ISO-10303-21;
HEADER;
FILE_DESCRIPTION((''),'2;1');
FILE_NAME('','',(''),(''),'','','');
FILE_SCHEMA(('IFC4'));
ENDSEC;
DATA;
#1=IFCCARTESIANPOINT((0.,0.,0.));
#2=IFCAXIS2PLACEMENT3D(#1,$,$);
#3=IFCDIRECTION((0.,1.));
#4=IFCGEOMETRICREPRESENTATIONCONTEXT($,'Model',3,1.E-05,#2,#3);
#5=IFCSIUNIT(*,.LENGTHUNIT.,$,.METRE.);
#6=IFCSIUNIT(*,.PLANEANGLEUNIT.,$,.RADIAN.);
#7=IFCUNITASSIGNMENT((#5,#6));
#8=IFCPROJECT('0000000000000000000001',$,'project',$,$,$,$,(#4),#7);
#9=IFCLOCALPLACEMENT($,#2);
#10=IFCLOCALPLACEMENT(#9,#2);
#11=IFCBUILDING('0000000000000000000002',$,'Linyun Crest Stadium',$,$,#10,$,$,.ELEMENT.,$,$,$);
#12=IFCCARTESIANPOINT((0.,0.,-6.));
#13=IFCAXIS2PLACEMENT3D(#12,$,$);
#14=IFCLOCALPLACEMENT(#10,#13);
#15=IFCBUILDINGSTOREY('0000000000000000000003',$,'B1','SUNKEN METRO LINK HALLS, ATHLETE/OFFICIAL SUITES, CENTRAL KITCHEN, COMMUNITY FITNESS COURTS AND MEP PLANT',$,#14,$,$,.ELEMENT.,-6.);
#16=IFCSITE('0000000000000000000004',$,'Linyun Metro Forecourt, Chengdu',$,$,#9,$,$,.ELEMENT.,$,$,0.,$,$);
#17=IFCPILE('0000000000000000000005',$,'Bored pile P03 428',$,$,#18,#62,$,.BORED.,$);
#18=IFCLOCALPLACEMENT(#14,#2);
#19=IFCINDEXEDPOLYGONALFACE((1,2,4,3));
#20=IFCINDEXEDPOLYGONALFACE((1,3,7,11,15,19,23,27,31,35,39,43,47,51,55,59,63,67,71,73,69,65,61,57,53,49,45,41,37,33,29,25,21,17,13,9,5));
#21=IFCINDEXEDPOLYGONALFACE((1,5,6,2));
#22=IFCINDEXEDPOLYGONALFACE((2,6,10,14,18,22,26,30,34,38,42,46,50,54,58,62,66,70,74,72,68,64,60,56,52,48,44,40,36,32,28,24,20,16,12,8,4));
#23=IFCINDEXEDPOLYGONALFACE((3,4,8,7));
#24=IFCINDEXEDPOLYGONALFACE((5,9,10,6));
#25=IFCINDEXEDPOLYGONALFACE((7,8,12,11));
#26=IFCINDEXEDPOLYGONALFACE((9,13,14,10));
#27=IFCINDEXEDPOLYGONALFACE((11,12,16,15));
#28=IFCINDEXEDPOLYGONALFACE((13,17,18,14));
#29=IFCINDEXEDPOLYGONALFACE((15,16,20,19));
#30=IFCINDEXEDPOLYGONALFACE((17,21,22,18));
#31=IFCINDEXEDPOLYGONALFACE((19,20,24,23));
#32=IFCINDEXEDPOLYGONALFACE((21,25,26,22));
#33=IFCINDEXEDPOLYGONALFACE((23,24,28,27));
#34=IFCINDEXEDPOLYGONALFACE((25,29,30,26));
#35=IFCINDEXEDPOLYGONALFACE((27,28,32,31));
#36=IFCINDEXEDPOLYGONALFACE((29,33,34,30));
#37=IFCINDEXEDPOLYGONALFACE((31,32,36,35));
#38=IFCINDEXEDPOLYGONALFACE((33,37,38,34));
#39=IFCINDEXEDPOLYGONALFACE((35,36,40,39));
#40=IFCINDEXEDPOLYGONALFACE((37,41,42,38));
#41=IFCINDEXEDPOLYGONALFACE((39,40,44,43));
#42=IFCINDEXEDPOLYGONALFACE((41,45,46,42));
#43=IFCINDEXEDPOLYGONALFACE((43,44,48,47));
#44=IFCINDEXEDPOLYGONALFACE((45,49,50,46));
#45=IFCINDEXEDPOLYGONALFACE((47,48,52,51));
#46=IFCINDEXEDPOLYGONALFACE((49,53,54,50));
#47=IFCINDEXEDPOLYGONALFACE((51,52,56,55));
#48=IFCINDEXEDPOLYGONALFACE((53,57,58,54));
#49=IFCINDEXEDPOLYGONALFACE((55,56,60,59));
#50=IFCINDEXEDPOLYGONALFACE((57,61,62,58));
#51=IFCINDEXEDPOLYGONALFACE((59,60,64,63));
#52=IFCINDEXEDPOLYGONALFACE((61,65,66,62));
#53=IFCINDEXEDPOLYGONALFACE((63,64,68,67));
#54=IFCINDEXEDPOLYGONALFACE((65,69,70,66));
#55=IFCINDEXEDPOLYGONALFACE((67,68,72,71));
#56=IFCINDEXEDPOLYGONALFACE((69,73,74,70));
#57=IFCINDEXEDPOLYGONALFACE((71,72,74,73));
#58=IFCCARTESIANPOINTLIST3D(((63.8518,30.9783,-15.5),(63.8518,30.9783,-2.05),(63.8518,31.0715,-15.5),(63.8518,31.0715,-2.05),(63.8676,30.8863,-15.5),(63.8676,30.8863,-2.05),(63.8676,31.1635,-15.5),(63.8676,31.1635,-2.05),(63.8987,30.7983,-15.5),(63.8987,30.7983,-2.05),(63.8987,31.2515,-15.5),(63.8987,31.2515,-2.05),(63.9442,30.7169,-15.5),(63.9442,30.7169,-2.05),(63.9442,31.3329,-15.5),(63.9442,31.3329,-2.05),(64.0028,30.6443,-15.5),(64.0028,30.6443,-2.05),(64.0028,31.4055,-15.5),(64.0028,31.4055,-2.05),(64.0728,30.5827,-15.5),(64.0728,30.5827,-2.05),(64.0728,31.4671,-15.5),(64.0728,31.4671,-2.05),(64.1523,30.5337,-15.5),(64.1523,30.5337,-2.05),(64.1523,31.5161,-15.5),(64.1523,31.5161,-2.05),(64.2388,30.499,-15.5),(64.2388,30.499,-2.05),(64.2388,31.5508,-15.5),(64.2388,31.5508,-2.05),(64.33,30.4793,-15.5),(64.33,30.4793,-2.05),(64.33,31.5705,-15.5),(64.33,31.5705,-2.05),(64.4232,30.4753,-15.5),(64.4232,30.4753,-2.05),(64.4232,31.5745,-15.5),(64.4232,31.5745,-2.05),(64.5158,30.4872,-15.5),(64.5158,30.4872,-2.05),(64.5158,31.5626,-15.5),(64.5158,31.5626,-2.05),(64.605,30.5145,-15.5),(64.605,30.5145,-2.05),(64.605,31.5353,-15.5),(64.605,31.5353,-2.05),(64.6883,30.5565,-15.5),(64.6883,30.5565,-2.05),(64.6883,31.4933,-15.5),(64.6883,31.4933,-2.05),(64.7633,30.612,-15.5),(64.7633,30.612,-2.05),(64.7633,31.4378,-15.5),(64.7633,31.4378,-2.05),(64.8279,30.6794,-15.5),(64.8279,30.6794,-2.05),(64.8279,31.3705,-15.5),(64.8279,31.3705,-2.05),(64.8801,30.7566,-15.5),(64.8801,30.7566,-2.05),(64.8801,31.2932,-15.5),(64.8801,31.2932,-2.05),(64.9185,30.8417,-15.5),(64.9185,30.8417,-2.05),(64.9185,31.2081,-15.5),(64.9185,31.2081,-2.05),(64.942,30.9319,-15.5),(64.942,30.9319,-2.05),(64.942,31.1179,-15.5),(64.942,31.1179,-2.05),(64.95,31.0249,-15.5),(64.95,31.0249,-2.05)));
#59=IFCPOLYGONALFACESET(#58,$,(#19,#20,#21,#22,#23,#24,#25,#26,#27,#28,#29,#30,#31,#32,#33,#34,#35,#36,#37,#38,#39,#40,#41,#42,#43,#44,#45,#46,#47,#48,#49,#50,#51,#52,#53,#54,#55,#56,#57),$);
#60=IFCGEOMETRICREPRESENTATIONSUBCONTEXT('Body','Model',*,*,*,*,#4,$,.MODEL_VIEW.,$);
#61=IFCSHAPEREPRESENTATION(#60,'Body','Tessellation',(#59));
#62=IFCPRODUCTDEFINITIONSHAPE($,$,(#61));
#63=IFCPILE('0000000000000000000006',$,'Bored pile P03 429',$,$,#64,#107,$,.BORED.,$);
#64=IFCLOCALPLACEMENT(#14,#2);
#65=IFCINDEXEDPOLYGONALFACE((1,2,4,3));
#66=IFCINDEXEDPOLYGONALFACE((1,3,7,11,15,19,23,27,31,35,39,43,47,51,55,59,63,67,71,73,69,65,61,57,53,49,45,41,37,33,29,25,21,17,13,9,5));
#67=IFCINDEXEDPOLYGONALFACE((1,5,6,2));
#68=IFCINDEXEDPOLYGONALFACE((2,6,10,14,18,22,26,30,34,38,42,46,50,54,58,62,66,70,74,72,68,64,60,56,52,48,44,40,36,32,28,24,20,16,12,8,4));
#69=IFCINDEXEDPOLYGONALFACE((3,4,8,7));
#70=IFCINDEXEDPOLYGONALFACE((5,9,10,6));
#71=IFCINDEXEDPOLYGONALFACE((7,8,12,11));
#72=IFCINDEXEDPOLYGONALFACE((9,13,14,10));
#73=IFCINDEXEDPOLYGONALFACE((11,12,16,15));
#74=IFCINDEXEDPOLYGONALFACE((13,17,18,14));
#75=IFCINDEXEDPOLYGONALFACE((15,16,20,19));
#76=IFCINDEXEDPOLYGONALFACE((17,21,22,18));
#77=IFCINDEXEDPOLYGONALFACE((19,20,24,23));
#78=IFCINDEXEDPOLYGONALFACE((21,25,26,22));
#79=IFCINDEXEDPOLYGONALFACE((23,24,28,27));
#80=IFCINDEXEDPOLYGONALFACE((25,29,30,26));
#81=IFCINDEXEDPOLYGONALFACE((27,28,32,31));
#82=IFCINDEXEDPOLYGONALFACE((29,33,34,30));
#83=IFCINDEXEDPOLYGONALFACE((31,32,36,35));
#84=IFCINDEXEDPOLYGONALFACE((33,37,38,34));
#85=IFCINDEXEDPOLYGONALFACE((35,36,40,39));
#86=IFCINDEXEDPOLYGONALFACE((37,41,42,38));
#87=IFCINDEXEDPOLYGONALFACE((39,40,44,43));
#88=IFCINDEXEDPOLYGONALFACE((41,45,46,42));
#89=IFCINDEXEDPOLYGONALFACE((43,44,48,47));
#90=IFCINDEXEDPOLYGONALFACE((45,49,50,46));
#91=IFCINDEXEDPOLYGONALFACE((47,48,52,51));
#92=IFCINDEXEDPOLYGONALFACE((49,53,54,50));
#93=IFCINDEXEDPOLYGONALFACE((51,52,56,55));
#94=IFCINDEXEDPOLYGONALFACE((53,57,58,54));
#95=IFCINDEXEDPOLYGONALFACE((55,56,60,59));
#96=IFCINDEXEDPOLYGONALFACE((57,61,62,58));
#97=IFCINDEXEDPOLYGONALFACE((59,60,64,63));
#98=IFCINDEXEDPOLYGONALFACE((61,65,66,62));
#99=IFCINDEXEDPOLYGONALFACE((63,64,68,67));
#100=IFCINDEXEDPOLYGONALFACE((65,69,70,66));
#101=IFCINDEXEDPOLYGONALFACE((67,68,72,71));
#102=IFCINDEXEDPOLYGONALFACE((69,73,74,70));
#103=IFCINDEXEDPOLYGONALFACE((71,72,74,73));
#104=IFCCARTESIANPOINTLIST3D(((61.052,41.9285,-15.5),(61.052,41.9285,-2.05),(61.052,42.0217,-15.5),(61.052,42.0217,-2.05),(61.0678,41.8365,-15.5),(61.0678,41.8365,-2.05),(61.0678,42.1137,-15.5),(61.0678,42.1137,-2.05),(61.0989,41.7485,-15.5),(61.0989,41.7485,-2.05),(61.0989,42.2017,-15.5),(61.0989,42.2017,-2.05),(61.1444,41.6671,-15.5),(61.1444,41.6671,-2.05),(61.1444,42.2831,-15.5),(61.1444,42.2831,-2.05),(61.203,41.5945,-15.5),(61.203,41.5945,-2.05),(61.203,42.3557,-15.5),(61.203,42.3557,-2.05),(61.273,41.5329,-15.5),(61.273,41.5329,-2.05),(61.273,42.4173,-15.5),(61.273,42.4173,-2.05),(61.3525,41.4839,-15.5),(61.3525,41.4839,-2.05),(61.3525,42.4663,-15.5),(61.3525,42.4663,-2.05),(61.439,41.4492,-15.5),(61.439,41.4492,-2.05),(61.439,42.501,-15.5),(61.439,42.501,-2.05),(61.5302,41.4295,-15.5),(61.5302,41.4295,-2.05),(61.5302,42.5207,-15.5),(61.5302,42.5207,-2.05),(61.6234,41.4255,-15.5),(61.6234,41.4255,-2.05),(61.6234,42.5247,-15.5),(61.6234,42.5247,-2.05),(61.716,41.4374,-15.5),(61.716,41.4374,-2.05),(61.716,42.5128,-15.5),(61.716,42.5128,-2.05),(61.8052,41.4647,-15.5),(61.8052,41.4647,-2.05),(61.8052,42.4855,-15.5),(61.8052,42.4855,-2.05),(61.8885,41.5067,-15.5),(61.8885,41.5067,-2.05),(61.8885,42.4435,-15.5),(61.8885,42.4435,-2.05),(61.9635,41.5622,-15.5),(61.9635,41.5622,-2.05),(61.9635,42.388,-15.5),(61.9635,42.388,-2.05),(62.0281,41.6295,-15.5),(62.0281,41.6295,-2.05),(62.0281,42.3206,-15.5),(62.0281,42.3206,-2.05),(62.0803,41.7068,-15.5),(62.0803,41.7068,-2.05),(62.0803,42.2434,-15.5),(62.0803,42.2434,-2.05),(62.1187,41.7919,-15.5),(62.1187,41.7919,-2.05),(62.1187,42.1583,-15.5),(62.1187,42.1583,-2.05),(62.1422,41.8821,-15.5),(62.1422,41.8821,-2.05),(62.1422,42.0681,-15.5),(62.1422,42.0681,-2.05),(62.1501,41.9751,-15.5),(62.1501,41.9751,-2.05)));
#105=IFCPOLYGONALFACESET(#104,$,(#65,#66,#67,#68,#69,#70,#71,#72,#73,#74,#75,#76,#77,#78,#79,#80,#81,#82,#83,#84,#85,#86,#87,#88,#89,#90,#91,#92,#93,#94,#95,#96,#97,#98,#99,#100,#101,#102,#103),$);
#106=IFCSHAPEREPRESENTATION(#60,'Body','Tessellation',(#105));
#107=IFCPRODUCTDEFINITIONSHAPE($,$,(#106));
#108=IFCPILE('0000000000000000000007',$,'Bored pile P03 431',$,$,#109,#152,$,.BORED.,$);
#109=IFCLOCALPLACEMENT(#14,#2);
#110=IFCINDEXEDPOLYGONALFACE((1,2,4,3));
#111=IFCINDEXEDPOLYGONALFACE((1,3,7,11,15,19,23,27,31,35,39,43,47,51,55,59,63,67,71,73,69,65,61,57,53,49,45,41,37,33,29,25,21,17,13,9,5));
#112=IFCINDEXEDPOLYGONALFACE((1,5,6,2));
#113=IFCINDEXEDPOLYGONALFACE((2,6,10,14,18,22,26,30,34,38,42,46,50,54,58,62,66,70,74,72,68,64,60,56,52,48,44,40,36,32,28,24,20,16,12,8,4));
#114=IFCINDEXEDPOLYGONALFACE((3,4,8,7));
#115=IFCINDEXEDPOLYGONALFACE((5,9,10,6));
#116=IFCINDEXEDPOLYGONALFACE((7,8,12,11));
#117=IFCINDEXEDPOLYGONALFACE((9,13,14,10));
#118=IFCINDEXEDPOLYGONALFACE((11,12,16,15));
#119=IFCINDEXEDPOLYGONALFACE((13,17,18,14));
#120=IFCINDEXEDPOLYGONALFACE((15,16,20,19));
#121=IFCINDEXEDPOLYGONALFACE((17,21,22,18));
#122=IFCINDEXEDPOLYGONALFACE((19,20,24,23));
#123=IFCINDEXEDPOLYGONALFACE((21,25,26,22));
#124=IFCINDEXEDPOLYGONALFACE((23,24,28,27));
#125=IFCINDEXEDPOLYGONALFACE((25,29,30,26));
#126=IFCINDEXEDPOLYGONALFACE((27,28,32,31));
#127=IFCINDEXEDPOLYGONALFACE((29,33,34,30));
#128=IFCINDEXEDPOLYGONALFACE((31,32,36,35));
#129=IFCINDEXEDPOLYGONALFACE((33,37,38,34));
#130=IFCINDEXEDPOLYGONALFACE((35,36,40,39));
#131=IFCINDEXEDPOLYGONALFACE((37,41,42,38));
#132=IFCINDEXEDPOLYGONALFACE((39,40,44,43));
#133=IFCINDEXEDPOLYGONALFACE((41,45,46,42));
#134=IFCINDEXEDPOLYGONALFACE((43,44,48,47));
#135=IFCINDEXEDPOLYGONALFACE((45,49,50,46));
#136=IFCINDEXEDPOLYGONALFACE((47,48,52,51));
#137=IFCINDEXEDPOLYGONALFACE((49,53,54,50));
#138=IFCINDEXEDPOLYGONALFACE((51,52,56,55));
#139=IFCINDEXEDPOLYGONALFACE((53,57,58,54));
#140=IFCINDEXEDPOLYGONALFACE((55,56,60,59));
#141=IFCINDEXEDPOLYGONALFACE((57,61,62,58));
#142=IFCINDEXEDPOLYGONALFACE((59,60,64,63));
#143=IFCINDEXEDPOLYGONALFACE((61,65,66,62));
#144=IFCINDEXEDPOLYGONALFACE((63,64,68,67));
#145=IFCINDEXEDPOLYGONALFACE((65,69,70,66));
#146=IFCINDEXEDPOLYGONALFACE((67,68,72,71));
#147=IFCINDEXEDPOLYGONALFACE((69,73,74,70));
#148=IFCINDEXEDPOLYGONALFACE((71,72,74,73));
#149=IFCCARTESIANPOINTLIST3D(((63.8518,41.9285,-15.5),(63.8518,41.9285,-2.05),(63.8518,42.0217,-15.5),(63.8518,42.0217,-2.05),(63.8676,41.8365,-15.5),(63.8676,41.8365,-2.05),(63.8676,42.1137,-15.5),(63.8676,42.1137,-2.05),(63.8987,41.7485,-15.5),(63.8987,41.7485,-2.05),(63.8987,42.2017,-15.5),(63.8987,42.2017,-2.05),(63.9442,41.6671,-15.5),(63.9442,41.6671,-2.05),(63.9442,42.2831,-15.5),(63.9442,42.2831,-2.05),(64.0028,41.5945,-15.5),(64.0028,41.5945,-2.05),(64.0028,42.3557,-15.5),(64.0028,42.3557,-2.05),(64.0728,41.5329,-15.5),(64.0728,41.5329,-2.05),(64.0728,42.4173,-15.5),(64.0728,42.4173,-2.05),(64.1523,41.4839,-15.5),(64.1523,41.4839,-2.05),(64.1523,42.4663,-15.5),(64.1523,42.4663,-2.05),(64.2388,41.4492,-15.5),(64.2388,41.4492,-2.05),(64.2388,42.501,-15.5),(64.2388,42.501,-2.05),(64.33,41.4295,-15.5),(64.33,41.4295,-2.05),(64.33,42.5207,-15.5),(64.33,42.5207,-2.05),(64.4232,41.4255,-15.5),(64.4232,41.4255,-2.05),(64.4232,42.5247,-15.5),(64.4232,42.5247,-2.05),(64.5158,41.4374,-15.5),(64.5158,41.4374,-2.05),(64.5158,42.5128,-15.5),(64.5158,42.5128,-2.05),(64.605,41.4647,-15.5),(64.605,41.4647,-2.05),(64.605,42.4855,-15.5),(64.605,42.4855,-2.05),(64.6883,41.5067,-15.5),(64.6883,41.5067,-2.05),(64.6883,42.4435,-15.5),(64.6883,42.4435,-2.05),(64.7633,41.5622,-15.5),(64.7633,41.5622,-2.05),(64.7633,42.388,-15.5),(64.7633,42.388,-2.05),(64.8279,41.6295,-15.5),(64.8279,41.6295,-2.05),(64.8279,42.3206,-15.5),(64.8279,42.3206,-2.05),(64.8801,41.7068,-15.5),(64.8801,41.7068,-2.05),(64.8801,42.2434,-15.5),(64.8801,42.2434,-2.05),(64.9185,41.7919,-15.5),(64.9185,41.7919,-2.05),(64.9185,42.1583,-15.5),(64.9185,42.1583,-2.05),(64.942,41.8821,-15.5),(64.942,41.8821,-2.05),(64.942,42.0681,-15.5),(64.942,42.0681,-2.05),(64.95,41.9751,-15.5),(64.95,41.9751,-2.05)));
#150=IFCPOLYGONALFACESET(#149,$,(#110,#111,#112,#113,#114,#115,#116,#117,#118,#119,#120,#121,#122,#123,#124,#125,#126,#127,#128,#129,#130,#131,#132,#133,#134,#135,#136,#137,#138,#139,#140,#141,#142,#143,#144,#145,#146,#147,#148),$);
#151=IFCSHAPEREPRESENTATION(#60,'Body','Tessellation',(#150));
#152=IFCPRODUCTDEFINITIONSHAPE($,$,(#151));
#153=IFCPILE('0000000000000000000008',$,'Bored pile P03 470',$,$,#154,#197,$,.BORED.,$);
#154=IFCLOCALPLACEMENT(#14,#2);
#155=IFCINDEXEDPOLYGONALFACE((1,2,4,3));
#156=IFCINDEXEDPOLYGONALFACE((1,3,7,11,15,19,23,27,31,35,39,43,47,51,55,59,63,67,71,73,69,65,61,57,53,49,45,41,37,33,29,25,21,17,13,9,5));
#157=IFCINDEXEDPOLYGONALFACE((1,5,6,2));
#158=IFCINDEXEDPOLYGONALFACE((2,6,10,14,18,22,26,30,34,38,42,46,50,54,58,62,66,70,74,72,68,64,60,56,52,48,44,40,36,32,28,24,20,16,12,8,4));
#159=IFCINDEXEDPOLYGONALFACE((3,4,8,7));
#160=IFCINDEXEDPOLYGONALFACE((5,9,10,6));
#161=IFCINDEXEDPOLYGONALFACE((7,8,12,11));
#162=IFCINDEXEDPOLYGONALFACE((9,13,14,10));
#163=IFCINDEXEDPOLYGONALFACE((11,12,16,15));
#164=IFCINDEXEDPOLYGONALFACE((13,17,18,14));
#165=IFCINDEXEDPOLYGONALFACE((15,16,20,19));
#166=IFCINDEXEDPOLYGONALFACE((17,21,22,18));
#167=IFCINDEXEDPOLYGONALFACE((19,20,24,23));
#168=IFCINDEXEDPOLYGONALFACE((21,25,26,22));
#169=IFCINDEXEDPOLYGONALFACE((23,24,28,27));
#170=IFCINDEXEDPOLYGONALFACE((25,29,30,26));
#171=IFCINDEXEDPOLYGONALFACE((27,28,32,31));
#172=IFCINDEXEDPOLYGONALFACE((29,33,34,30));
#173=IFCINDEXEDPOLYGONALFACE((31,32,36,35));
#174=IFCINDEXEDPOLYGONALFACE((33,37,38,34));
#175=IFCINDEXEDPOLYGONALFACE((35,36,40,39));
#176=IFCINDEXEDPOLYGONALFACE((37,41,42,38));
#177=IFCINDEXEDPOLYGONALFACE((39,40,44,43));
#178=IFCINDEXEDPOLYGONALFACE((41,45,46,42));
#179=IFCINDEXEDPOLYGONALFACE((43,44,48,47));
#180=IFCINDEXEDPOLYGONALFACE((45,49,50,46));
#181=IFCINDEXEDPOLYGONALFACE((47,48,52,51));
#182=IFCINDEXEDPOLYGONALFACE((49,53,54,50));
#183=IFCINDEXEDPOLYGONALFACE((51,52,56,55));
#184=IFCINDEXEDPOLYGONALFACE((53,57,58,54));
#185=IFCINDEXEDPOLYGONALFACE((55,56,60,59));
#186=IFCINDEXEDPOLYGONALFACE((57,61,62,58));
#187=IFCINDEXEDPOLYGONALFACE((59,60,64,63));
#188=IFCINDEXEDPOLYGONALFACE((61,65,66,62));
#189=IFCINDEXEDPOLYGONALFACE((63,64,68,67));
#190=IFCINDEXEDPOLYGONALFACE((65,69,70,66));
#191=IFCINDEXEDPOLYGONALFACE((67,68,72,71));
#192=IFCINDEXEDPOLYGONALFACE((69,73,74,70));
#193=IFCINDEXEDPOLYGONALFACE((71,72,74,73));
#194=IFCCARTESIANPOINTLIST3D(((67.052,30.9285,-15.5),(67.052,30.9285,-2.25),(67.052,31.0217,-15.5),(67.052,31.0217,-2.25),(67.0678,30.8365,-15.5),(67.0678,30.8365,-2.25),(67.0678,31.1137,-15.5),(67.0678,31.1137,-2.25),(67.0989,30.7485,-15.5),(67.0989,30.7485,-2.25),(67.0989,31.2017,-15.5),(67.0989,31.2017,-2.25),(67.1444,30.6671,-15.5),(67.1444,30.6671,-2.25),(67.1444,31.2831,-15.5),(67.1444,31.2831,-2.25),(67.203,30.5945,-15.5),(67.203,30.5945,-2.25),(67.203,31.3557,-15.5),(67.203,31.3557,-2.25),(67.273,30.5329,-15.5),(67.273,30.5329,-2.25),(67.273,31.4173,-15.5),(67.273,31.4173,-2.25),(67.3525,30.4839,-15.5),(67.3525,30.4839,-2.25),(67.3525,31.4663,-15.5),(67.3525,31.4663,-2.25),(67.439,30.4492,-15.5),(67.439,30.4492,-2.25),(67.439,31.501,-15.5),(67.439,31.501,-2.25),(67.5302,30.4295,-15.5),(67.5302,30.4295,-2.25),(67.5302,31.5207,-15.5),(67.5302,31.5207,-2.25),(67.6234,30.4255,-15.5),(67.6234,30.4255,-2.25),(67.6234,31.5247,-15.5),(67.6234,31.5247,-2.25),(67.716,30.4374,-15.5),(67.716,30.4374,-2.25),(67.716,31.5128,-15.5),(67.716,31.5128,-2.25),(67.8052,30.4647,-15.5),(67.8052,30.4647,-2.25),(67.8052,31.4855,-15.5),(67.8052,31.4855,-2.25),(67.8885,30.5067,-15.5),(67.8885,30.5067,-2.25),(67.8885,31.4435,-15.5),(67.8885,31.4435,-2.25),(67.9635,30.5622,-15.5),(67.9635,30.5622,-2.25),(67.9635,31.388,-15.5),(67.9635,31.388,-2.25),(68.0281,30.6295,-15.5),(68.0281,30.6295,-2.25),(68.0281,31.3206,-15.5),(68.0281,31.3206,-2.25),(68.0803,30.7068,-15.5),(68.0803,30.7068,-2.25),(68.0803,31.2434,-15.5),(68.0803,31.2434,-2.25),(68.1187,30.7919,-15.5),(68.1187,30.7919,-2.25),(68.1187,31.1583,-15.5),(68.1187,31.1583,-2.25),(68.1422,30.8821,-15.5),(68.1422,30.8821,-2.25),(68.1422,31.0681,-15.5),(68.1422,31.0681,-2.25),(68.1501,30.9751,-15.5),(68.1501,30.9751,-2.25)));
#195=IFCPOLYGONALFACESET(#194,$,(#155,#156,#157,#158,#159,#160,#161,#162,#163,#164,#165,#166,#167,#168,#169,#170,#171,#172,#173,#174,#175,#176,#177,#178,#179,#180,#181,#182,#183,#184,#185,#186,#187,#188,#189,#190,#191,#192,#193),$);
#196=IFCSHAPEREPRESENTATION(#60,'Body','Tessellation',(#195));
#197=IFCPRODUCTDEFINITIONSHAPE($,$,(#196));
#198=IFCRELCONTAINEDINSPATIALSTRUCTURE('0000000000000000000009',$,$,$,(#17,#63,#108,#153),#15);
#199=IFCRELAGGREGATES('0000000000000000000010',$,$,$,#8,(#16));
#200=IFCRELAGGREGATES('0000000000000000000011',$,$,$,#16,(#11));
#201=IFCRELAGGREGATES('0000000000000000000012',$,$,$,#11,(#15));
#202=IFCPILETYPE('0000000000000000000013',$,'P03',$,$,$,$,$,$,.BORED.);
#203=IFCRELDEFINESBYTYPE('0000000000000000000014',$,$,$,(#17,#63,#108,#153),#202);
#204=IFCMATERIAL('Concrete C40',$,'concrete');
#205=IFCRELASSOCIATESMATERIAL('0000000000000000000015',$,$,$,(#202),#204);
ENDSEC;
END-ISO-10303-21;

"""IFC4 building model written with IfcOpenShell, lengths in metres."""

from ifc_helpers import new_model, si_unit, direction, frame, origin, origin_2d, place, context, subcontext, project, spatial, circle, extrude, material, material_profile, profile_set, type_object, element, save


model = new_model("IFC4")

# Units and contexts
model_context = context("Model", 3, precision=1e-05, world=origin(), true_north=direction((0.0, 1.0)))
body_context = subcontext(model_context, "Body", "Model", "MODEL_VIEW")
ifc_project = project(units=[si_unit("LENGTHUNIT", "METRE"), si_unit("PLANEANGLEUNIT", "RADIAN")], contexts=[model_context])

# Site, building, storey
site_placement = place(None, origin())
site = spatial("IfcSite", under=ifc_project, at=site_placement, Name="Linyun Metro Forecourt, Chengdu", CompositionType="ELEMENT", RefElevation=0.0)
building_placement = place(site_placement, origin())
building = spatial("IfcBuilding", under=site, at=building_placement, Name="Linyun Crest Stadium", CompositionType="ELEMENT")
storey_placement = place(building_placement, frame((0.0, 0.0, -6.0)))
storey = spatial("IfcBuildingStorey", under=building, at=storey_placement, Name="B1", Description="SUNKEN METRO LINK HALLS, ATHLETE/OFFICIAL SUITES, CENTRAL KITCHEN, COMMUNITY FITNESS COURTS AND MEP PLANT", CompositionType="ELEMENT", Elevation=-6.0)

# Piles
ifc_material_1 = material(Name="Concrete C40", Category="concrete")
ifc_material_profile_1 = material_profile(ifc_material_1, circle(Radius=0.55, at=origin_2d()), Name="BORED PILE 1100")
ifc_profile_set_1 = profile_set([ifc_material_profile_1], Name="Concrete C40")
pile_type = type_object("IfcPileType", Name="P03", PredefinedType="BORED", material=ifc_profile_set_1)
for number, where, z_axis, x_axis, name in (
    (1, (64.3999, 31.0249, -2.05), (0.0, 0.0, -1.0), (1.0, 0.0, 0.0), "Bored pile P03 428"),
    (2, (61.6001, 41.9751, -2.05), (0.0, 0.0, -1.0), (1.0, 0.0, 0.0), "Bored pile P03 429"),
    (3, (64.3999, 41.9751, -2.05), (0.0, 0.0, -1.0), (1.0, 0.0, 0.0), "Bored pile P03 431"),
):
    element("IfcPile", number, at=place(storey_placement, frame(where, z_axis=z_axis, x_axis=x_axis)), inside=storey, type_object=pile_type, Name=name, PredefinedType="BORED", context=body_context, shape_type="SweptSolid", body=[
        extrude(circle(Radius=0.55, at=origin_2d()), origin(), (0.0, 0.0, 1.0), 13.45),
    ])
for number, where, z_axis, x_axis, name in (
    (4, (67.6001, 30.9751, -2.25), (0.0, 0.0, -1.0), (1.0, 0.0, 0.0), "Bored pile P03 470"),
):
    element("IfcPile", number, at=place(storey_placement, frame(where, z_axis=z_axis, x_axis=x_axis)), inside=storey, type_object=pile_type, Name=name, PredefinedType="BORED", context=body_context, shape_type="SweptSolid", body=[
        extrude(circle(Radius=0.55, at=origin_2d()), origin(), (0.0, 0.0, 1.0), 13.25),
    ])

save(model, "model.ifc")
